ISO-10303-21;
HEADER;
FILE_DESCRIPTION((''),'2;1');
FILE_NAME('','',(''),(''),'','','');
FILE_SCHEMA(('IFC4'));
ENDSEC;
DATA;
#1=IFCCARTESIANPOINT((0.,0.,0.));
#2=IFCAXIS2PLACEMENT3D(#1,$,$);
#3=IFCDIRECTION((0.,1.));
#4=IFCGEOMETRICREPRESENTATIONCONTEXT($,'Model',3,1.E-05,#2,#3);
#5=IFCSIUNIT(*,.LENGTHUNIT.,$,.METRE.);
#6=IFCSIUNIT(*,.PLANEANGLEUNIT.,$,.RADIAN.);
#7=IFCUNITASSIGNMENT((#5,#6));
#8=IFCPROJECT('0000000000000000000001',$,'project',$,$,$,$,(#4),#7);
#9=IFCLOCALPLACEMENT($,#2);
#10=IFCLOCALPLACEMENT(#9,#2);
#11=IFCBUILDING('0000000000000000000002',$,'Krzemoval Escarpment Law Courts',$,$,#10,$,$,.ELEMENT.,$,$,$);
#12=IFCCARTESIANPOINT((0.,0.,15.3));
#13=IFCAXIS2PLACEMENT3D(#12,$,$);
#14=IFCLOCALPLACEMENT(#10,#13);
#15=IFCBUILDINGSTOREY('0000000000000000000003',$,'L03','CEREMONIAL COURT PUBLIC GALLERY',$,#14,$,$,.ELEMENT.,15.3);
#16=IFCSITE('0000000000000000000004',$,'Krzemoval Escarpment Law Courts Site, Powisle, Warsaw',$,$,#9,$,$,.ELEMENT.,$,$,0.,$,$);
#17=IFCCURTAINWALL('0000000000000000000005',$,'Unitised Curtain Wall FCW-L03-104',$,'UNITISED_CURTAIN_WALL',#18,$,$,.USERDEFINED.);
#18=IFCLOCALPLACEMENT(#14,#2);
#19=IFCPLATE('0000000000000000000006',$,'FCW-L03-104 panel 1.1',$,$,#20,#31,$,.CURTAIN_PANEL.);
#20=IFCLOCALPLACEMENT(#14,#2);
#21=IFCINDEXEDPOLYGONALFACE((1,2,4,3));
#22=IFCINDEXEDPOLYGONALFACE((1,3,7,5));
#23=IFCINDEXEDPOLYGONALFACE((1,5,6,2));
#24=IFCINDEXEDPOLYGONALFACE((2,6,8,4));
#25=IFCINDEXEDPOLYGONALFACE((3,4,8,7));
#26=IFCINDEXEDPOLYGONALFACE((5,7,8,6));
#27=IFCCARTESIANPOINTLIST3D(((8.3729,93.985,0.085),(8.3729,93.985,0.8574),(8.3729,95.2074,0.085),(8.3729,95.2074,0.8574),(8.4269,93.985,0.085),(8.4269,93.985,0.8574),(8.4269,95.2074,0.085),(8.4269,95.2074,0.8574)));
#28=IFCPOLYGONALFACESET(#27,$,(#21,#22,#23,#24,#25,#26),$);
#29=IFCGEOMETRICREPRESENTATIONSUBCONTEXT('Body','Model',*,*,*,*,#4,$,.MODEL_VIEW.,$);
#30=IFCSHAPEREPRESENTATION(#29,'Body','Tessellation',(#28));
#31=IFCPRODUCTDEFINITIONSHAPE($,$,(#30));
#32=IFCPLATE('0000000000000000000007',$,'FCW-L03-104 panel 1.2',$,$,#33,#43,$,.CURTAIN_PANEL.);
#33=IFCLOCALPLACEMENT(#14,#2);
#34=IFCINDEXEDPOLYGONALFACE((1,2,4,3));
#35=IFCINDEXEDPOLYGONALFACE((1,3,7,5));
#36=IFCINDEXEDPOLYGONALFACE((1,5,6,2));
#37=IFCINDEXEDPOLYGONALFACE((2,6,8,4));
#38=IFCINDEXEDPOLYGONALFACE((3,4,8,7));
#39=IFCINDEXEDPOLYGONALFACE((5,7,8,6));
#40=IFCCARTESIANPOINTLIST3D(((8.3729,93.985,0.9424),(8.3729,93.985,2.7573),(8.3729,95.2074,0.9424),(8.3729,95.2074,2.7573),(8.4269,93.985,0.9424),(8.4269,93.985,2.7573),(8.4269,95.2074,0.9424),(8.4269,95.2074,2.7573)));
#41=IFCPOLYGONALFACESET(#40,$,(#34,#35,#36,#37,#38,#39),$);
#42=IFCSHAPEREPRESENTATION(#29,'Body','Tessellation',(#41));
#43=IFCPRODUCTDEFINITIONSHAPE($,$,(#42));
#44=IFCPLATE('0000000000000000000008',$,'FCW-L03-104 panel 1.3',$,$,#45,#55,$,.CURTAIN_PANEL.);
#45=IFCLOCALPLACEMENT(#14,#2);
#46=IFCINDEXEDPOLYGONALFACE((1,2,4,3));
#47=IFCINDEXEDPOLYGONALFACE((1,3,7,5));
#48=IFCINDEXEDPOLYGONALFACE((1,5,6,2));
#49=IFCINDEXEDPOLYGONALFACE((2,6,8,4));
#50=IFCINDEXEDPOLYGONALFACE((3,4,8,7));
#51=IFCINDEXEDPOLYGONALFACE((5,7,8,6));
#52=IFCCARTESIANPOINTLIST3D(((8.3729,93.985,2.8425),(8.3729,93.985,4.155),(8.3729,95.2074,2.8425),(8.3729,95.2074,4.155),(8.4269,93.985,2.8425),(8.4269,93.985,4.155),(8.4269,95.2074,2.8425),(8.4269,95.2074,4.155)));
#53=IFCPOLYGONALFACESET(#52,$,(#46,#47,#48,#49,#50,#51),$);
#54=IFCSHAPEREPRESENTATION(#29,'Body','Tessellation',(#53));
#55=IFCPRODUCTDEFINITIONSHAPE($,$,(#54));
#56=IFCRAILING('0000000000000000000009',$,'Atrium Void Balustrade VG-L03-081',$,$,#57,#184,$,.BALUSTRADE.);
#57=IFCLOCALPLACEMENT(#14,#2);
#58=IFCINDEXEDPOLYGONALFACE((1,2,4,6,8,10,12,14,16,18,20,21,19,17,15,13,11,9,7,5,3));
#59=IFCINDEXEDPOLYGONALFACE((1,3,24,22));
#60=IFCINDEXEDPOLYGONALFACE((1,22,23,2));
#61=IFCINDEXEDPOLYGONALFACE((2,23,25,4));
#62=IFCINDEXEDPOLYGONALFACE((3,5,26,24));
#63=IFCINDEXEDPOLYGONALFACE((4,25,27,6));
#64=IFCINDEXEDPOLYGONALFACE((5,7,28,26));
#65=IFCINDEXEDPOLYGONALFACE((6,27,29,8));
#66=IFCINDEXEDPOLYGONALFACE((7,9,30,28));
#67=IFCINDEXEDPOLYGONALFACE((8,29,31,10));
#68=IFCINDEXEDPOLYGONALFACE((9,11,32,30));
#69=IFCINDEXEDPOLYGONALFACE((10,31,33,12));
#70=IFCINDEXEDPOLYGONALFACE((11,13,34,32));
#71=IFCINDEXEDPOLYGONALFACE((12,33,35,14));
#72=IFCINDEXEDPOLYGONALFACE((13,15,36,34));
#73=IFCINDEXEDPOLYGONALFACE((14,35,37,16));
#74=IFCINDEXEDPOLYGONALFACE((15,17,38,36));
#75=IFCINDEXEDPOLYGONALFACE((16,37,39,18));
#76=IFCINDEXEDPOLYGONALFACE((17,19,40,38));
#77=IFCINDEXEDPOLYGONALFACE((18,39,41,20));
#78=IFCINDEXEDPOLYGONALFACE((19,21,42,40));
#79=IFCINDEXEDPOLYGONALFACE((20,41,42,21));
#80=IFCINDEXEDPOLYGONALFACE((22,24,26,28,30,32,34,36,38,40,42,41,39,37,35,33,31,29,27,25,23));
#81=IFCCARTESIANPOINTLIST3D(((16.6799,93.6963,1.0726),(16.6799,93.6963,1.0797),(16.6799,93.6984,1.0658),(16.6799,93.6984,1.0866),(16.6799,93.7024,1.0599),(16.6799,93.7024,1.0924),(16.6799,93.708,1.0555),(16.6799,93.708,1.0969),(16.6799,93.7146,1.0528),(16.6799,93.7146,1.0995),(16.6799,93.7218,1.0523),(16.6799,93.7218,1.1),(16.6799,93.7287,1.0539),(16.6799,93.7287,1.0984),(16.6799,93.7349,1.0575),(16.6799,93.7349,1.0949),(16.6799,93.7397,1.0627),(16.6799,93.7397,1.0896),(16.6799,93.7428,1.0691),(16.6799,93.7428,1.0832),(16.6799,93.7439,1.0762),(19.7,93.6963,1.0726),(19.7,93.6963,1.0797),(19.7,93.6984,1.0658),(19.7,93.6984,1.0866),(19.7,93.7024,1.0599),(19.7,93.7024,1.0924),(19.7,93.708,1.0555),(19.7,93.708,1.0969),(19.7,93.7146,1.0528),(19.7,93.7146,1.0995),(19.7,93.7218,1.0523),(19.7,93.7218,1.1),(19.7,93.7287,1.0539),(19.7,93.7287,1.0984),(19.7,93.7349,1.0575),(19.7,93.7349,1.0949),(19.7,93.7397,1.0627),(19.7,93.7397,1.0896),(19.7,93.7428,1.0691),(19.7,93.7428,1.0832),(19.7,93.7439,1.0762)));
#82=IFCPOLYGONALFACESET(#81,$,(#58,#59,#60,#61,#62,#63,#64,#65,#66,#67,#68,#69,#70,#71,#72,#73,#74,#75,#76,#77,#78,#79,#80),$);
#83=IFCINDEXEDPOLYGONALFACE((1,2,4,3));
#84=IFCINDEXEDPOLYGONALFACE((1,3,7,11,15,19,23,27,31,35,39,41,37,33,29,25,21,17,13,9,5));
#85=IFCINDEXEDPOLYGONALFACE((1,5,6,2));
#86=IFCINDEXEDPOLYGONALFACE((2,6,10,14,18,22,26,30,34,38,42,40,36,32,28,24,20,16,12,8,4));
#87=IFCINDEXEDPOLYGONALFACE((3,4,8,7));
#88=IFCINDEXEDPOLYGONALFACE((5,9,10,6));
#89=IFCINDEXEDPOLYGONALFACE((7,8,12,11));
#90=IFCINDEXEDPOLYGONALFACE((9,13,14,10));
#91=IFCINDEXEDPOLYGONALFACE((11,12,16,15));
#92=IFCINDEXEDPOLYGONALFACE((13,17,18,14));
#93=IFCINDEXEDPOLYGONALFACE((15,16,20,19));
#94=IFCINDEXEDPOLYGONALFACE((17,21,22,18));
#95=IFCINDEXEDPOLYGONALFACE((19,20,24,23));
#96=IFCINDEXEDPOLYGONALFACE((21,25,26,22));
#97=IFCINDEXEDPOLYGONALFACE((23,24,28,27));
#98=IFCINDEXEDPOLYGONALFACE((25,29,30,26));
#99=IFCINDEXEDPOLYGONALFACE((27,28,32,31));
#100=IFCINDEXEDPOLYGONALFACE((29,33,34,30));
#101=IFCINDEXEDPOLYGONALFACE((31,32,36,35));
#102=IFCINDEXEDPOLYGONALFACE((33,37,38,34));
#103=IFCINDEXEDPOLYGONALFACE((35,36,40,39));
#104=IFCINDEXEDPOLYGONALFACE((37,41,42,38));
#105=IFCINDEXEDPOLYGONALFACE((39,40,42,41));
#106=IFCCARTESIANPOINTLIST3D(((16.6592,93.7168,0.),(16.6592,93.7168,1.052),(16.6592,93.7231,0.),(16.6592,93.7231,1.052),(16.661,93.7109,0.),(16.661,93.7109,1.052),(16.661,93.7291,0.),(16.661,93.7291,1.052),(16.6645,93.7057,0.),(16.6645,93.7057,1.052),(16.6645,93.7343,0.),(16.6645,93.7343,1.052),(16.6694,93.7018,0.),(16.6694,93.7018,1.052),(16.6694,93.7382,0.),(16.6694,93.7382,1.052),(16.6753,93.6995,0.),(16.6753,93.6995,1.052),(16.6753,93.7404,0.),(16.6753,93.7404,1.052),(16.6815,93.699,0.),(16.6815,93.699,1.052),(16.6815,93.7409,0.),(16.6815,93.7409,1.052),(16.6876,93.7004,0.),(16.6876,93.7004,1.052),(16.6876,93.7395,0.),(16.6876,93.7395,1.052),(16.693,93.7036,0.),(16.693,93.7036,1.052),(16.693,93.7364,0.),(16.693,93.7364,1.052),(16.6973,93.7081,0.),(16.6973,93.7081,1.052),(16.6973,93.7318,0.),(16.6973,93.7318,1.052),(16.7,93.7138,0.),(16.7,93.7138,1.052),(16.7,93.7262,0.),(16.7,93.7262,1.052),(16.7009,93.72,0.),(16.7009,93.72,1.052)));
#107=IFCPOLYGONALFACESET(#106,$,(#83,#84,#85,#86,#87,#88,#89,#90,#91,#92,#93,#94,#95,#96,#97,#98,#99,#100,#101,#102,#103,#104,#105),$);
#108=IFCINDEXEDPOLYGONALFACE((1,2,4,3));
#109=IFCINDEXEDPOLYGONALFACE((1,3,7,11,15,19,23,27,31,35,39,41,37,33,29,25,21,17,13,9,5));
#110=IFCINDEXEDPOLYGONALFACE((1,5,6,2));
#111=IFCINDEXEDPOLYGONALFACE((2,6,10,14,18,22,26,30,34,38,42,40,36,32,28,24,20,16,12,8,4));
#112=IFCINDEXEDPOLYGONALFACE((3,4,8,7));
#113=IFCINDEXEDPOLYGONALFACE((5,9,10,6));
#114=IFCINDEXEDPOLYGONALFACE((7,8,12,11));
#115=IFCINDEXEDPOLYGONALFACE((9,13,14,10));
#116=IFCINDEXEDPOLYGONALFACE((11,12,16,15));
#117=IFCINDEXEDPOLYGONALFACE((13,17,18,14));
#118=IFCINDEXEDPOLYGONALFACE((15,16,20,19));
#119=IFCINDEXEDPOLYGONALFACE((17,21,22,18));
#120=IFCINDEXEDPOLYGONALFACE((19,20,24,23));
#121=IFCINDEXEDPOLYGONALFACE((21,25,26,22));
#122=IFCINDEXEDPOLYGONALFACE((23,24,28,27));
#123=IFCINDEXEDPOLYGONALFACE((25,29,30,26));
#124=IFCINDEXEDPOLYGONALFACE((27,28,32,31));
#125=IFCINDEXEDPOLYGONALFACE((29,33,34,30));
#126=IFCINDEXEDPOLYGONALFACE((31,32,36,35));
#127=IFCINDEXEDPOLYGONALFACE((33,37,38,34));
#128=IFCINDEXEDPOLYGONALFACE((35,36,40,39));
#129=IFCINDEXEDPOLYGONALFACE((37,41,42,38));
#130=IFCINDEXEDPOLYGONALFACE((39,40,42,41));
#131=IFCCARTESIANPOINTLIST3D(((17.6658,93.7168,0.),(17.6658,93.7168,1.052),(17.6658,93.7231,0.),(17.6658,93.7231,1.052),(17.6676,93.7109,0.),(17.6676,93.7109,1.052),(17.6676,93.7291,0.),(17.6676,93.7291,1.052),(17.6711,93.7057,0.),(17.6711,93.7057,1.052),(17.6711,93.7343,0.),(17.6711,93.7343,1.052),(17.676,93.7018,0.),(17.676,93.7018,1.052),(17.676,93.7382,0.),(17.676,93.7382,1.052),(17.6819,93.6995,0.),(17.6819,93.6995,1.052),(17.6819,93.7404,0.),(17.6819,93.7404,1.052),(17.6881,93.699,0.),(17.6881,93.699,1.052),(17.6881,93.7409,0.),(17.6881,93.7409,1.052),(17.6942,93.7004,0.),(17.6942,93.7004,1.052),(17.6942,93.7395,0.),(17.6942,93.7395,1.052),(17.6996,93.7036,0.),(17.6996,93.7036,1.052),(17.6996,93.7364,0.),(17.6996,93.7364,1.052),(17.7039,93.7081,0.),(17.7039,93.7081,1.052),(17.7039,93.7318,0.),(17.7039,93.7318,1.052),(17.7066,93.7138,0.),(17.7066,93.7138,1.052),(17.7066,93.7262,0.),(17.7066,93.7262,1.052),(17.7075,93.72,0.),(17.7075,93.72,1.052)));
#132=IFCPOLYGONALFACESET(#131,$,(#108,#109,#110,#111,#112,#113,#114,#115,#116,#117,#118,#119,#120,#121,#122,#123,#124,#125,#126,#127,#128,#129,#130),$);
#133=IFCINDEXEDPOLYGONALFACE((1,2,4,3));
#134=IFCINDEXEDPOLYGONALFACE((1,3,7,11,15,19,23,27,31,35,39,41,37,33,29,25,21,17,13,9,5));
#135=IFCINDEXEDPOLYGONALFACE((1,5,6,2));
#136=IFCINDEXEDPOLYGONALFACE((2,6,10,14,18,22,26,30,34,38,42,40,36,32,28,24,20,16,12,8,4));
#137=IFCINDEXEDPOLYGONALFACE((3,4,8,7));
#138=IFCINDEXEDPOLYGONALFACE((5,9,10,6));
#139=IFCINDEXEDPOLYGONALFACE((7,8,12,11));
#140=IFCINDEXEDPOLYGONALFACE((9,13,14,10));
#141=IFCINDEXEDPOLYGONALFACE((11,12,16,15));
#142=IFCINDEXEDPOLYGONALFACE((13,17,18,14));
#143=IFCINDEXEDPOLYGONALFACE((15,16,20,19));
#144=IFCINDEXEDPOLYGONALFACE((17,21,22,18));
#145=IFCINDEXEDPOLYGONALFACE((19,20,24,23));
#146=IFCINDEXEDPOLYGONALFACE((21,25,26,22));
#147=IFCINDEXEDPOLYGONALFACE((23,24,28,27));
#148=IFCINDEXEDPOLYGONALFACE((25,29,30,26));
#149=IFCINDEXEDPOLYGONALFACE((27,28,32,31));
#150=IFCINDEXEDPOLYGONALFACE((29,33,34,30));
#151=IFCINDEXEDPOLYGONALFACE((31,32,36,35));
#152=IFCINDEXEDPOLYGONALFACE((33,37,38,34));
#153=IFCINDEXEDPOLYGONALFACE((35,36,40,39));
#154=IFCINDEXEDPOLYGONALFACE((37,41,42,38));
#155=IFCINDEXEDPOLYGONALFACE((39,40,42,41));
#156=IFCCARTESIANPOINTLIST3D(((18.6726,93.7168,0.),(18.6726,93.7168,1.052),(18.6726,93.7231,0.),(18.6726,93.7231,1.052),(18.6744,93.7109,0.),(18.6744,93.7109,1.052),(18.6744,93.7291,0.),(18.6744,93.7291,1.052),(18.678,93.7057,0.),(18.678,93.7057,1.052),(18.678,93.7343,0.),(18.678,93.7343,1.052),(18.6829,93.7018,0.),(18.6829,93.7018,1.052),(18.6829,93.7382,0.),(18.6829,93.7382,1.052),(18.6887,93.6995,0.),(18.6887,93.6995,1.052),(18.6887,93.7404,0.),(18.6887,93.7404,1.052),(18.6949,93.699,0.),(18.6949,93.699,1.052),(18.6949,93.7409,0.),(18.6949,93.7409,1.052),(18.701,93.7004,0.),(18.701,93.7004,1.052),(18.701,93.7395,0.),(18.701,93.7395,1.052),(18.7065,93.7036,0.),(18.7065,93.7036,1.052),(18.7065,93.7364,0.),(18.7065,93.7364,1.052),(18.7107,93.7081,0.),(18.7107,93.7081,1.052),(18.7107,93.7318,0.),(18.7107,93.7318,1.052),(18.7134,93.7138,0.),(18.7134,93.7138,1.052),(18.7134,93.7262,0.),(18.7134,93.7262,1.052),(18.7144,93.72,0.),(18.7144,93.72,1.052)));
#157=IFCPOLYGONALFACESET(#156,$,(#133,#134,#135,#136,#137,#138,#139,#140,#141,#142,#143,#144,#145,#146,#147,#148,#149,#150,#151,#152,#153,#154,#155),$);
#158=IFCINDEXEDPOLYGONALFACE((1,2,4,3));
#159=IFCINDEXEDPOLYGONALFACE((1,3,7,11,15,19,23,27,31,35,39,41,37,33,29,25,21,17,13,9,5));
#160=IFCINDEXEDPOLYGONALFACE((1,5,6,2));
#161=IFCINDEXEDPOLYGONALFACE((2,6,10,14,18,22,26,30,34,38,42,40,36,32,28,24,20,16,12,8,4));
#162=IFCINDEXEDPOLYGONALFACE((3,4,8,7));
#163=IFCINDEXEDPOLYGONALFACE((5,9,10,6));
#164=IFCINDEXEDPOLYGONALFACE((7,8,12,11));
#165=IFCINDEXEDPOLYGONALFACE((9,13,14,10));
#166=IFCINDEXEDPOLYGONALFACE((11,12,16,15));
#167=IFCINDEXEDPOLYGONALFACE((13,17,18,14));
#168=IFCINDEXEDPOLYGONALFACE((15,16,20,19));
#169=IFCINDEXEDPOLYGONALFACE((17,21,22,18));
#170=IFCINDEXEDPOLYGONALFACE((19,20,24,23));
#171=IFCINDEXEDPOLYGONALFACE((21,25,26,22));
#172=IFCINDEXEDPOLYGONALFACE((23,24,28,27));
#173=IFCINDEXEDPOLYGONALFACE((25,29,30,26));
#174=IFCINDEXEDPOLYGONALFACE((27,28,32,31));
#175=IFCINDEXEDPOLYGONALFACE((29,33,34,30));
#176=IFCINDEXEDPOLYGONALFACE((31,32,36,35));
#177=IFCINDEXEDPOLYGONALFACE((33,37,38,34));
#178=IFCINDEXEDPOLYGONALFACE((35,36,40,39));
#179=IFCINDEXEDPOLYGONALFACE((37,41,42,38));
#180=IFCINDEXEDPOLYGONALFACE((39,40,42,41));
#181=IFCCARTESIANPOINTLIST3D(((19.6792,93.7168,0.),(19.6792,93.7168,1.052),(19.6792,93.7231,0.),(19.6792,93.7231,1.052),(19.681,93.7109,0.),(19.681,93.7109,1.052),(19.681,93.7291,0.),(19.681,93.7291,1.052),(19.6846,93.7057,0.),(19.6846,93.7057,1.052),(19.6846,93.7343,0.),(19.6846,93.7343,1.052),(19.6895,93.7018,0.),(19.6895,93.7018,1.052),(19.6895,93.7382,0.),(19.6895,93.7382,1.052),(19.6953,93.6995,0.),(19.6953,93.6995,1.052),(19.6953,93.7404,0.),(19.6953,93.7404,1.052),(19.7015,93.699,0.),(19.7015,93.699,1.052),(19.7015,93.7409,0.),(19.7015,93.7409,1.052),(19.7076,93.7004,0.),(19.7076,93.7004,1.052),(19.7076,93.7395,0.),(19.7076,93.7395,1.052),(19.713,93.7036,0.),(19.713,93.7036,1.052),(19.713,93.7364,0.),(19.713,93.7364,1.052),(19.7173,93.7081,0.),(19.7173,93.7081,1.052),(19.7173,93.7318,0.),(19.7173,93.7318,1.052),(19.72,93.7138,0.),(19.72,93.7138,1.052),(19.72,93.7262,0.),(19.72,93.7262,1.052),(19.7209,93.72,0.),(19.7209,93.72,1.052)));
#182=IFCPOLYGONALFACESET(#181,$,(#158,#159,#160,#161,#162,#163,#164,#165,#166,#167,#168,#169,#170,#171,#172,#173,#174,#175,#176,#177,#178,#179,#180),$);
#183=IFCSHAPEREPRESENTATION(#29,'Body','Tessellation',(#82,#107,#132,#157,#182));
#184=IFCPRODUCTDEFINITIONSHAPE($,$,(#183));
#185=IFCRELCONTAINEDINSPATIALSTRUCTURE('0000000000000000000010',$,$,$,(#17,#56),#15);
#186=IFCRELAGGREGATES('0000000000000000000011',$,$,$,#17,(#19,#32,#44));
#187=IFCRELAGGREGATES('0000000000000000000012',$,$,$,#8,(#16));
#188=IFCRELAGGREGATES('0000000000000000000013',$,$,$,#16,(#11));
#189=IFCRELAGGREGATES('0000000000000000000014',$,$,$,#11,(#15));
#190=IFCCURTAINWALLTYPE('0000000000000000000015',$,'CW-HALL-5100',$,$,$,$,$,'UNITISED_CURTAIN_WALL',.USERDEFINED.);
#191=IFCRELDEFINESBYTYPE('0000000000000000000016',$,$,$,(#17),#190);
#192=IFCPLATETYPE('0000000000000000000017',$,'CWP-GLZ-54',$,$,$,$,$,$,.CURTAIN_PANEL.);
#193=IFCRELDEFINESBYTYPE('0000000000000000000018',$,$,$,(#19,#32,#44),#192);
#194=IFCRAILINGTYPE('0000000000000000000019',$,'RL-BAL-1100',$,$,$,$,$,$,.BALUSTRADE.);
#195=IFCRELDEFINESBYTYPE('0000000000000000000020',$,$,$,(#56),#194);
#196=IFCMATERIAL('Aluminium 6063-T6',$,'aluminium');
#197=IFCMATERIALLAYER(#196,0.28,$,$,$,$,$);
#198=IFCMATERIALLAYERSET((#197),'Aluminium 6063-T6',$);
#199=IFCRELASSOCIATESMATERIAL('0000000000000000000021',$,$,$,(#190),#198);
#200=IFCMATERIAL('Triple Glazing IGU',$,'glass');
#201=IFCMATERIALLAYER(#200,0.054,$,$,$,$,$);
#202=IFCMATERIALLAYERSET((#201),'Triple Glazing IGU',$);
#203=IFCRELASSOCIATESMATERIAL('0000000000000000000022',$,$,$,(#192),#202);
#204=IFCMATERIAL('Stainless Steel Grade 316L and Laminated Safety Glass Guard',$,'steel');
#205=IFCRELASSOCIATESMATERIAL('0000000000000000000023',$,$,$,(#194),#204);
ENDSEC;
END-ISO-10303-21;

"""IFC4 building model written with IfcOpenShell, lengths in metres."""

from ifc_helpers import new_model, si_unit, direction, frame, origin, origin_2d, place, context, subcontext, project, spatial, rectangle, circle, extrude, material, layer, layer_set, type_object, element, aggregate, save


model = new_model("IFC4")

# Units and contexts
model_context = context("Model", 3, precision=1e-05, world=origin(), true_north=direction((0.0, 1.0)))
body_context = subcontext(model_context, "Body", "Model", "MODEL_VIEW")
ifc_project = project(units=[si_unit("LENGTHUNIT", "METRE"), si_unit("PLANEANGLEUNIT", "RADIAN")], contexts=[model_context])

# Site, building, storey
site_placement = place(None, origin())
site = spatial("IfcSite", under=ifc_project, at=site_placement, Name="Krzemoval Escarpment Law Courts Site, Powisle, Warsaw", CompositionType="ELEMENT", RefElevation=0.0)
building_placement = place(site_placement, origin())
building = spatial("IfcBuilding", under=site, at=building_placement, Name="Krzemoval Escarpment Law Courts", CompositionType="ELEMENT")
storey_placement = place(building_placement, frame((0.0, 0.0, 15.3)))
storey = spatial("IfcBuildingStorey", under=building, at=storey_placement, Name="L03", Description="CEREMONIAL COURT PUBLIC GALLERY", CompositionType="ELEMENT", Elevation=15.3)

# Shared definitions
ifc_material_1 = material(Name="Aluminium 6063-T6", Category="aluminium")
ifc_layer_1 = layer(ifc_material_1, 0.28)
ifc_layer_set_1 = layer_set([ifc_layer_1], Name="Aluminium 6063-T6")
curtain_wall_type = type_object("IfcCurtainWallType", Name="CW-HALL-5100", ElementType="UNITISED_CURTAIN_WALL", PredefinedType="USERDEFINED", material=ifc_layer_set_1)

# Curtain wall
curtain_wall_1_placement = place(storey_placement, origin())
curtain_wall_1 = element("IfcCurtainWall", 1, at=curtain_wall_1_placement, inside=storey, type_object=curtain_wall_type, Name="Unitised Curtain Wall FCW-L03-104", ObjectType="UNITISED_CURTAIN_WALL", PredefinedType="USERDEFINED")

# Plates
ifc_material_2 = material(Name="Triple Glazing IGU", Category="glass")
ifc_layer_2 = layer(ifc_material_2, 0.054)
ifc_layer_set_2 = layer_set([ifc_layer_2], Name="Triple Glazing IGU")
plate_type = type_object("IfcPlateType", Name="CWP-GLZ-54", PredefinedType="CURTAIN_PANEL", material=ifc_layer_set_2)
plate_1_placement = place(storey_placement, frame((8.3999, 94.5962, 0.085), z_axis=(0.0, 0.0, 1.0), x_axis=(0.0, 1.0, 0.0)))
plate_1 = element("IfcPlate", 2, at=plate_1_placement, type_object=plate_type, Name="FCW-L03-104 panel 1.1", PredefinedType="CURTAIN_PANEL", context=body_context, shape_type="SweptSolid", body=[
    extrude(rectangle(XDim=1.2224, YDim=0.054, at=origin_2d()), origin(), (0.0, 0.0, 1.0), 0.7725),
])
plate_2_placement = place(storey_placement, frame((8.3999, 94.5962, 0.9424), z_axis=(0.0, 0.0, 1.0), x_axis=(0.0, 1.0, 0.0)))
plate_2 = element("IfcPlate", 3, at=plate_2_placement, type_object=plate_type, Name="FCW-L03-104 panel 1.2", PredefinedType="CURTAIN_PANEL", context=body_context, shape_type="SweptSolid", body=[
    extrude(rectangle(XDim=1.2224, YDim=0.054, at=origin_2d()), origin(), (0.0, 0.0, 1.0), 1.8149),
])
plate_3_placement = place(storey_placement, frame((8.3999, 94.5962, 2.8425), z_axis=(0.0, 0.0, 1.0), x_axis=(0.0, 1.0, 0.0)))
plate_3 = element("IfcPlate", 4, at=plate_3_placement, type_object=plate_type, Name="FCW-L03-104 panel 1.3", PredefinedType="CURTAIN_PANEL", context=body_context, shape_type="SweptSolid", body=[
    extrude(rectangle(XDim=1.2224, YDim=0.054, at=origin_2d()), origin(), (0.0, 0.0, 1.0), 1.3125),
])
aggregate(curtain_wall_1, [plate_1, plate_2, plate_3])

# Railing
ifc_material_3 = material(Name="Stainless Steel Grade 316L and Laminated Safety Glass Guard", Category="steel")
railing_type = type_object("IfcRailingType", Name="RL-BAL-1100", PredefinedType="BALUSTRADE", material=ifc_material_3)
railing_placement = place(storey_placement, frame((16.6799, 93.72, 0.0)))
element("IfcRailing", 5, at=railing_placement, inside=storey, type_object=railing_type, Name="Atrium Void Balustrade VG-L03-081", PredefinedType="BALUSTRADE", context=body_context, shape_type="SweptSolid", body=[
    extrude(circle(Radius=0.0239, at=origin_2d()), frame((0.0, 0.0, 1.0762), z_axis=(1.0, 0.0, 0.0), x_axis=(0.0, 1.0, 0.0)), (0.0, 0.0, 1.0), 3.02),
    extrude(circle(Radius=0.021, at=origin_2d()), origin(), (0.0, 0.0, 1.0), 1.052),
    extrude(circle(Radius=0.021, at=origin_2d()), frame((1.0066, 0.0, 0.0)), (0.0, 0.0, 1.0), 1.052),
    extrude(circle(Radius=0.021, at=origin_2d()), frame((2.0134, 0.0, 0.0)), (0.0, 0.0, 1.0), 1.052),
    extrude(circle(Radius=0.021, at=origin_2d()), frame((3.02, 0.0, 0.0)), (0.0, 0.0, 1.0), 1.052),
])

save(model, "model.ifc")
